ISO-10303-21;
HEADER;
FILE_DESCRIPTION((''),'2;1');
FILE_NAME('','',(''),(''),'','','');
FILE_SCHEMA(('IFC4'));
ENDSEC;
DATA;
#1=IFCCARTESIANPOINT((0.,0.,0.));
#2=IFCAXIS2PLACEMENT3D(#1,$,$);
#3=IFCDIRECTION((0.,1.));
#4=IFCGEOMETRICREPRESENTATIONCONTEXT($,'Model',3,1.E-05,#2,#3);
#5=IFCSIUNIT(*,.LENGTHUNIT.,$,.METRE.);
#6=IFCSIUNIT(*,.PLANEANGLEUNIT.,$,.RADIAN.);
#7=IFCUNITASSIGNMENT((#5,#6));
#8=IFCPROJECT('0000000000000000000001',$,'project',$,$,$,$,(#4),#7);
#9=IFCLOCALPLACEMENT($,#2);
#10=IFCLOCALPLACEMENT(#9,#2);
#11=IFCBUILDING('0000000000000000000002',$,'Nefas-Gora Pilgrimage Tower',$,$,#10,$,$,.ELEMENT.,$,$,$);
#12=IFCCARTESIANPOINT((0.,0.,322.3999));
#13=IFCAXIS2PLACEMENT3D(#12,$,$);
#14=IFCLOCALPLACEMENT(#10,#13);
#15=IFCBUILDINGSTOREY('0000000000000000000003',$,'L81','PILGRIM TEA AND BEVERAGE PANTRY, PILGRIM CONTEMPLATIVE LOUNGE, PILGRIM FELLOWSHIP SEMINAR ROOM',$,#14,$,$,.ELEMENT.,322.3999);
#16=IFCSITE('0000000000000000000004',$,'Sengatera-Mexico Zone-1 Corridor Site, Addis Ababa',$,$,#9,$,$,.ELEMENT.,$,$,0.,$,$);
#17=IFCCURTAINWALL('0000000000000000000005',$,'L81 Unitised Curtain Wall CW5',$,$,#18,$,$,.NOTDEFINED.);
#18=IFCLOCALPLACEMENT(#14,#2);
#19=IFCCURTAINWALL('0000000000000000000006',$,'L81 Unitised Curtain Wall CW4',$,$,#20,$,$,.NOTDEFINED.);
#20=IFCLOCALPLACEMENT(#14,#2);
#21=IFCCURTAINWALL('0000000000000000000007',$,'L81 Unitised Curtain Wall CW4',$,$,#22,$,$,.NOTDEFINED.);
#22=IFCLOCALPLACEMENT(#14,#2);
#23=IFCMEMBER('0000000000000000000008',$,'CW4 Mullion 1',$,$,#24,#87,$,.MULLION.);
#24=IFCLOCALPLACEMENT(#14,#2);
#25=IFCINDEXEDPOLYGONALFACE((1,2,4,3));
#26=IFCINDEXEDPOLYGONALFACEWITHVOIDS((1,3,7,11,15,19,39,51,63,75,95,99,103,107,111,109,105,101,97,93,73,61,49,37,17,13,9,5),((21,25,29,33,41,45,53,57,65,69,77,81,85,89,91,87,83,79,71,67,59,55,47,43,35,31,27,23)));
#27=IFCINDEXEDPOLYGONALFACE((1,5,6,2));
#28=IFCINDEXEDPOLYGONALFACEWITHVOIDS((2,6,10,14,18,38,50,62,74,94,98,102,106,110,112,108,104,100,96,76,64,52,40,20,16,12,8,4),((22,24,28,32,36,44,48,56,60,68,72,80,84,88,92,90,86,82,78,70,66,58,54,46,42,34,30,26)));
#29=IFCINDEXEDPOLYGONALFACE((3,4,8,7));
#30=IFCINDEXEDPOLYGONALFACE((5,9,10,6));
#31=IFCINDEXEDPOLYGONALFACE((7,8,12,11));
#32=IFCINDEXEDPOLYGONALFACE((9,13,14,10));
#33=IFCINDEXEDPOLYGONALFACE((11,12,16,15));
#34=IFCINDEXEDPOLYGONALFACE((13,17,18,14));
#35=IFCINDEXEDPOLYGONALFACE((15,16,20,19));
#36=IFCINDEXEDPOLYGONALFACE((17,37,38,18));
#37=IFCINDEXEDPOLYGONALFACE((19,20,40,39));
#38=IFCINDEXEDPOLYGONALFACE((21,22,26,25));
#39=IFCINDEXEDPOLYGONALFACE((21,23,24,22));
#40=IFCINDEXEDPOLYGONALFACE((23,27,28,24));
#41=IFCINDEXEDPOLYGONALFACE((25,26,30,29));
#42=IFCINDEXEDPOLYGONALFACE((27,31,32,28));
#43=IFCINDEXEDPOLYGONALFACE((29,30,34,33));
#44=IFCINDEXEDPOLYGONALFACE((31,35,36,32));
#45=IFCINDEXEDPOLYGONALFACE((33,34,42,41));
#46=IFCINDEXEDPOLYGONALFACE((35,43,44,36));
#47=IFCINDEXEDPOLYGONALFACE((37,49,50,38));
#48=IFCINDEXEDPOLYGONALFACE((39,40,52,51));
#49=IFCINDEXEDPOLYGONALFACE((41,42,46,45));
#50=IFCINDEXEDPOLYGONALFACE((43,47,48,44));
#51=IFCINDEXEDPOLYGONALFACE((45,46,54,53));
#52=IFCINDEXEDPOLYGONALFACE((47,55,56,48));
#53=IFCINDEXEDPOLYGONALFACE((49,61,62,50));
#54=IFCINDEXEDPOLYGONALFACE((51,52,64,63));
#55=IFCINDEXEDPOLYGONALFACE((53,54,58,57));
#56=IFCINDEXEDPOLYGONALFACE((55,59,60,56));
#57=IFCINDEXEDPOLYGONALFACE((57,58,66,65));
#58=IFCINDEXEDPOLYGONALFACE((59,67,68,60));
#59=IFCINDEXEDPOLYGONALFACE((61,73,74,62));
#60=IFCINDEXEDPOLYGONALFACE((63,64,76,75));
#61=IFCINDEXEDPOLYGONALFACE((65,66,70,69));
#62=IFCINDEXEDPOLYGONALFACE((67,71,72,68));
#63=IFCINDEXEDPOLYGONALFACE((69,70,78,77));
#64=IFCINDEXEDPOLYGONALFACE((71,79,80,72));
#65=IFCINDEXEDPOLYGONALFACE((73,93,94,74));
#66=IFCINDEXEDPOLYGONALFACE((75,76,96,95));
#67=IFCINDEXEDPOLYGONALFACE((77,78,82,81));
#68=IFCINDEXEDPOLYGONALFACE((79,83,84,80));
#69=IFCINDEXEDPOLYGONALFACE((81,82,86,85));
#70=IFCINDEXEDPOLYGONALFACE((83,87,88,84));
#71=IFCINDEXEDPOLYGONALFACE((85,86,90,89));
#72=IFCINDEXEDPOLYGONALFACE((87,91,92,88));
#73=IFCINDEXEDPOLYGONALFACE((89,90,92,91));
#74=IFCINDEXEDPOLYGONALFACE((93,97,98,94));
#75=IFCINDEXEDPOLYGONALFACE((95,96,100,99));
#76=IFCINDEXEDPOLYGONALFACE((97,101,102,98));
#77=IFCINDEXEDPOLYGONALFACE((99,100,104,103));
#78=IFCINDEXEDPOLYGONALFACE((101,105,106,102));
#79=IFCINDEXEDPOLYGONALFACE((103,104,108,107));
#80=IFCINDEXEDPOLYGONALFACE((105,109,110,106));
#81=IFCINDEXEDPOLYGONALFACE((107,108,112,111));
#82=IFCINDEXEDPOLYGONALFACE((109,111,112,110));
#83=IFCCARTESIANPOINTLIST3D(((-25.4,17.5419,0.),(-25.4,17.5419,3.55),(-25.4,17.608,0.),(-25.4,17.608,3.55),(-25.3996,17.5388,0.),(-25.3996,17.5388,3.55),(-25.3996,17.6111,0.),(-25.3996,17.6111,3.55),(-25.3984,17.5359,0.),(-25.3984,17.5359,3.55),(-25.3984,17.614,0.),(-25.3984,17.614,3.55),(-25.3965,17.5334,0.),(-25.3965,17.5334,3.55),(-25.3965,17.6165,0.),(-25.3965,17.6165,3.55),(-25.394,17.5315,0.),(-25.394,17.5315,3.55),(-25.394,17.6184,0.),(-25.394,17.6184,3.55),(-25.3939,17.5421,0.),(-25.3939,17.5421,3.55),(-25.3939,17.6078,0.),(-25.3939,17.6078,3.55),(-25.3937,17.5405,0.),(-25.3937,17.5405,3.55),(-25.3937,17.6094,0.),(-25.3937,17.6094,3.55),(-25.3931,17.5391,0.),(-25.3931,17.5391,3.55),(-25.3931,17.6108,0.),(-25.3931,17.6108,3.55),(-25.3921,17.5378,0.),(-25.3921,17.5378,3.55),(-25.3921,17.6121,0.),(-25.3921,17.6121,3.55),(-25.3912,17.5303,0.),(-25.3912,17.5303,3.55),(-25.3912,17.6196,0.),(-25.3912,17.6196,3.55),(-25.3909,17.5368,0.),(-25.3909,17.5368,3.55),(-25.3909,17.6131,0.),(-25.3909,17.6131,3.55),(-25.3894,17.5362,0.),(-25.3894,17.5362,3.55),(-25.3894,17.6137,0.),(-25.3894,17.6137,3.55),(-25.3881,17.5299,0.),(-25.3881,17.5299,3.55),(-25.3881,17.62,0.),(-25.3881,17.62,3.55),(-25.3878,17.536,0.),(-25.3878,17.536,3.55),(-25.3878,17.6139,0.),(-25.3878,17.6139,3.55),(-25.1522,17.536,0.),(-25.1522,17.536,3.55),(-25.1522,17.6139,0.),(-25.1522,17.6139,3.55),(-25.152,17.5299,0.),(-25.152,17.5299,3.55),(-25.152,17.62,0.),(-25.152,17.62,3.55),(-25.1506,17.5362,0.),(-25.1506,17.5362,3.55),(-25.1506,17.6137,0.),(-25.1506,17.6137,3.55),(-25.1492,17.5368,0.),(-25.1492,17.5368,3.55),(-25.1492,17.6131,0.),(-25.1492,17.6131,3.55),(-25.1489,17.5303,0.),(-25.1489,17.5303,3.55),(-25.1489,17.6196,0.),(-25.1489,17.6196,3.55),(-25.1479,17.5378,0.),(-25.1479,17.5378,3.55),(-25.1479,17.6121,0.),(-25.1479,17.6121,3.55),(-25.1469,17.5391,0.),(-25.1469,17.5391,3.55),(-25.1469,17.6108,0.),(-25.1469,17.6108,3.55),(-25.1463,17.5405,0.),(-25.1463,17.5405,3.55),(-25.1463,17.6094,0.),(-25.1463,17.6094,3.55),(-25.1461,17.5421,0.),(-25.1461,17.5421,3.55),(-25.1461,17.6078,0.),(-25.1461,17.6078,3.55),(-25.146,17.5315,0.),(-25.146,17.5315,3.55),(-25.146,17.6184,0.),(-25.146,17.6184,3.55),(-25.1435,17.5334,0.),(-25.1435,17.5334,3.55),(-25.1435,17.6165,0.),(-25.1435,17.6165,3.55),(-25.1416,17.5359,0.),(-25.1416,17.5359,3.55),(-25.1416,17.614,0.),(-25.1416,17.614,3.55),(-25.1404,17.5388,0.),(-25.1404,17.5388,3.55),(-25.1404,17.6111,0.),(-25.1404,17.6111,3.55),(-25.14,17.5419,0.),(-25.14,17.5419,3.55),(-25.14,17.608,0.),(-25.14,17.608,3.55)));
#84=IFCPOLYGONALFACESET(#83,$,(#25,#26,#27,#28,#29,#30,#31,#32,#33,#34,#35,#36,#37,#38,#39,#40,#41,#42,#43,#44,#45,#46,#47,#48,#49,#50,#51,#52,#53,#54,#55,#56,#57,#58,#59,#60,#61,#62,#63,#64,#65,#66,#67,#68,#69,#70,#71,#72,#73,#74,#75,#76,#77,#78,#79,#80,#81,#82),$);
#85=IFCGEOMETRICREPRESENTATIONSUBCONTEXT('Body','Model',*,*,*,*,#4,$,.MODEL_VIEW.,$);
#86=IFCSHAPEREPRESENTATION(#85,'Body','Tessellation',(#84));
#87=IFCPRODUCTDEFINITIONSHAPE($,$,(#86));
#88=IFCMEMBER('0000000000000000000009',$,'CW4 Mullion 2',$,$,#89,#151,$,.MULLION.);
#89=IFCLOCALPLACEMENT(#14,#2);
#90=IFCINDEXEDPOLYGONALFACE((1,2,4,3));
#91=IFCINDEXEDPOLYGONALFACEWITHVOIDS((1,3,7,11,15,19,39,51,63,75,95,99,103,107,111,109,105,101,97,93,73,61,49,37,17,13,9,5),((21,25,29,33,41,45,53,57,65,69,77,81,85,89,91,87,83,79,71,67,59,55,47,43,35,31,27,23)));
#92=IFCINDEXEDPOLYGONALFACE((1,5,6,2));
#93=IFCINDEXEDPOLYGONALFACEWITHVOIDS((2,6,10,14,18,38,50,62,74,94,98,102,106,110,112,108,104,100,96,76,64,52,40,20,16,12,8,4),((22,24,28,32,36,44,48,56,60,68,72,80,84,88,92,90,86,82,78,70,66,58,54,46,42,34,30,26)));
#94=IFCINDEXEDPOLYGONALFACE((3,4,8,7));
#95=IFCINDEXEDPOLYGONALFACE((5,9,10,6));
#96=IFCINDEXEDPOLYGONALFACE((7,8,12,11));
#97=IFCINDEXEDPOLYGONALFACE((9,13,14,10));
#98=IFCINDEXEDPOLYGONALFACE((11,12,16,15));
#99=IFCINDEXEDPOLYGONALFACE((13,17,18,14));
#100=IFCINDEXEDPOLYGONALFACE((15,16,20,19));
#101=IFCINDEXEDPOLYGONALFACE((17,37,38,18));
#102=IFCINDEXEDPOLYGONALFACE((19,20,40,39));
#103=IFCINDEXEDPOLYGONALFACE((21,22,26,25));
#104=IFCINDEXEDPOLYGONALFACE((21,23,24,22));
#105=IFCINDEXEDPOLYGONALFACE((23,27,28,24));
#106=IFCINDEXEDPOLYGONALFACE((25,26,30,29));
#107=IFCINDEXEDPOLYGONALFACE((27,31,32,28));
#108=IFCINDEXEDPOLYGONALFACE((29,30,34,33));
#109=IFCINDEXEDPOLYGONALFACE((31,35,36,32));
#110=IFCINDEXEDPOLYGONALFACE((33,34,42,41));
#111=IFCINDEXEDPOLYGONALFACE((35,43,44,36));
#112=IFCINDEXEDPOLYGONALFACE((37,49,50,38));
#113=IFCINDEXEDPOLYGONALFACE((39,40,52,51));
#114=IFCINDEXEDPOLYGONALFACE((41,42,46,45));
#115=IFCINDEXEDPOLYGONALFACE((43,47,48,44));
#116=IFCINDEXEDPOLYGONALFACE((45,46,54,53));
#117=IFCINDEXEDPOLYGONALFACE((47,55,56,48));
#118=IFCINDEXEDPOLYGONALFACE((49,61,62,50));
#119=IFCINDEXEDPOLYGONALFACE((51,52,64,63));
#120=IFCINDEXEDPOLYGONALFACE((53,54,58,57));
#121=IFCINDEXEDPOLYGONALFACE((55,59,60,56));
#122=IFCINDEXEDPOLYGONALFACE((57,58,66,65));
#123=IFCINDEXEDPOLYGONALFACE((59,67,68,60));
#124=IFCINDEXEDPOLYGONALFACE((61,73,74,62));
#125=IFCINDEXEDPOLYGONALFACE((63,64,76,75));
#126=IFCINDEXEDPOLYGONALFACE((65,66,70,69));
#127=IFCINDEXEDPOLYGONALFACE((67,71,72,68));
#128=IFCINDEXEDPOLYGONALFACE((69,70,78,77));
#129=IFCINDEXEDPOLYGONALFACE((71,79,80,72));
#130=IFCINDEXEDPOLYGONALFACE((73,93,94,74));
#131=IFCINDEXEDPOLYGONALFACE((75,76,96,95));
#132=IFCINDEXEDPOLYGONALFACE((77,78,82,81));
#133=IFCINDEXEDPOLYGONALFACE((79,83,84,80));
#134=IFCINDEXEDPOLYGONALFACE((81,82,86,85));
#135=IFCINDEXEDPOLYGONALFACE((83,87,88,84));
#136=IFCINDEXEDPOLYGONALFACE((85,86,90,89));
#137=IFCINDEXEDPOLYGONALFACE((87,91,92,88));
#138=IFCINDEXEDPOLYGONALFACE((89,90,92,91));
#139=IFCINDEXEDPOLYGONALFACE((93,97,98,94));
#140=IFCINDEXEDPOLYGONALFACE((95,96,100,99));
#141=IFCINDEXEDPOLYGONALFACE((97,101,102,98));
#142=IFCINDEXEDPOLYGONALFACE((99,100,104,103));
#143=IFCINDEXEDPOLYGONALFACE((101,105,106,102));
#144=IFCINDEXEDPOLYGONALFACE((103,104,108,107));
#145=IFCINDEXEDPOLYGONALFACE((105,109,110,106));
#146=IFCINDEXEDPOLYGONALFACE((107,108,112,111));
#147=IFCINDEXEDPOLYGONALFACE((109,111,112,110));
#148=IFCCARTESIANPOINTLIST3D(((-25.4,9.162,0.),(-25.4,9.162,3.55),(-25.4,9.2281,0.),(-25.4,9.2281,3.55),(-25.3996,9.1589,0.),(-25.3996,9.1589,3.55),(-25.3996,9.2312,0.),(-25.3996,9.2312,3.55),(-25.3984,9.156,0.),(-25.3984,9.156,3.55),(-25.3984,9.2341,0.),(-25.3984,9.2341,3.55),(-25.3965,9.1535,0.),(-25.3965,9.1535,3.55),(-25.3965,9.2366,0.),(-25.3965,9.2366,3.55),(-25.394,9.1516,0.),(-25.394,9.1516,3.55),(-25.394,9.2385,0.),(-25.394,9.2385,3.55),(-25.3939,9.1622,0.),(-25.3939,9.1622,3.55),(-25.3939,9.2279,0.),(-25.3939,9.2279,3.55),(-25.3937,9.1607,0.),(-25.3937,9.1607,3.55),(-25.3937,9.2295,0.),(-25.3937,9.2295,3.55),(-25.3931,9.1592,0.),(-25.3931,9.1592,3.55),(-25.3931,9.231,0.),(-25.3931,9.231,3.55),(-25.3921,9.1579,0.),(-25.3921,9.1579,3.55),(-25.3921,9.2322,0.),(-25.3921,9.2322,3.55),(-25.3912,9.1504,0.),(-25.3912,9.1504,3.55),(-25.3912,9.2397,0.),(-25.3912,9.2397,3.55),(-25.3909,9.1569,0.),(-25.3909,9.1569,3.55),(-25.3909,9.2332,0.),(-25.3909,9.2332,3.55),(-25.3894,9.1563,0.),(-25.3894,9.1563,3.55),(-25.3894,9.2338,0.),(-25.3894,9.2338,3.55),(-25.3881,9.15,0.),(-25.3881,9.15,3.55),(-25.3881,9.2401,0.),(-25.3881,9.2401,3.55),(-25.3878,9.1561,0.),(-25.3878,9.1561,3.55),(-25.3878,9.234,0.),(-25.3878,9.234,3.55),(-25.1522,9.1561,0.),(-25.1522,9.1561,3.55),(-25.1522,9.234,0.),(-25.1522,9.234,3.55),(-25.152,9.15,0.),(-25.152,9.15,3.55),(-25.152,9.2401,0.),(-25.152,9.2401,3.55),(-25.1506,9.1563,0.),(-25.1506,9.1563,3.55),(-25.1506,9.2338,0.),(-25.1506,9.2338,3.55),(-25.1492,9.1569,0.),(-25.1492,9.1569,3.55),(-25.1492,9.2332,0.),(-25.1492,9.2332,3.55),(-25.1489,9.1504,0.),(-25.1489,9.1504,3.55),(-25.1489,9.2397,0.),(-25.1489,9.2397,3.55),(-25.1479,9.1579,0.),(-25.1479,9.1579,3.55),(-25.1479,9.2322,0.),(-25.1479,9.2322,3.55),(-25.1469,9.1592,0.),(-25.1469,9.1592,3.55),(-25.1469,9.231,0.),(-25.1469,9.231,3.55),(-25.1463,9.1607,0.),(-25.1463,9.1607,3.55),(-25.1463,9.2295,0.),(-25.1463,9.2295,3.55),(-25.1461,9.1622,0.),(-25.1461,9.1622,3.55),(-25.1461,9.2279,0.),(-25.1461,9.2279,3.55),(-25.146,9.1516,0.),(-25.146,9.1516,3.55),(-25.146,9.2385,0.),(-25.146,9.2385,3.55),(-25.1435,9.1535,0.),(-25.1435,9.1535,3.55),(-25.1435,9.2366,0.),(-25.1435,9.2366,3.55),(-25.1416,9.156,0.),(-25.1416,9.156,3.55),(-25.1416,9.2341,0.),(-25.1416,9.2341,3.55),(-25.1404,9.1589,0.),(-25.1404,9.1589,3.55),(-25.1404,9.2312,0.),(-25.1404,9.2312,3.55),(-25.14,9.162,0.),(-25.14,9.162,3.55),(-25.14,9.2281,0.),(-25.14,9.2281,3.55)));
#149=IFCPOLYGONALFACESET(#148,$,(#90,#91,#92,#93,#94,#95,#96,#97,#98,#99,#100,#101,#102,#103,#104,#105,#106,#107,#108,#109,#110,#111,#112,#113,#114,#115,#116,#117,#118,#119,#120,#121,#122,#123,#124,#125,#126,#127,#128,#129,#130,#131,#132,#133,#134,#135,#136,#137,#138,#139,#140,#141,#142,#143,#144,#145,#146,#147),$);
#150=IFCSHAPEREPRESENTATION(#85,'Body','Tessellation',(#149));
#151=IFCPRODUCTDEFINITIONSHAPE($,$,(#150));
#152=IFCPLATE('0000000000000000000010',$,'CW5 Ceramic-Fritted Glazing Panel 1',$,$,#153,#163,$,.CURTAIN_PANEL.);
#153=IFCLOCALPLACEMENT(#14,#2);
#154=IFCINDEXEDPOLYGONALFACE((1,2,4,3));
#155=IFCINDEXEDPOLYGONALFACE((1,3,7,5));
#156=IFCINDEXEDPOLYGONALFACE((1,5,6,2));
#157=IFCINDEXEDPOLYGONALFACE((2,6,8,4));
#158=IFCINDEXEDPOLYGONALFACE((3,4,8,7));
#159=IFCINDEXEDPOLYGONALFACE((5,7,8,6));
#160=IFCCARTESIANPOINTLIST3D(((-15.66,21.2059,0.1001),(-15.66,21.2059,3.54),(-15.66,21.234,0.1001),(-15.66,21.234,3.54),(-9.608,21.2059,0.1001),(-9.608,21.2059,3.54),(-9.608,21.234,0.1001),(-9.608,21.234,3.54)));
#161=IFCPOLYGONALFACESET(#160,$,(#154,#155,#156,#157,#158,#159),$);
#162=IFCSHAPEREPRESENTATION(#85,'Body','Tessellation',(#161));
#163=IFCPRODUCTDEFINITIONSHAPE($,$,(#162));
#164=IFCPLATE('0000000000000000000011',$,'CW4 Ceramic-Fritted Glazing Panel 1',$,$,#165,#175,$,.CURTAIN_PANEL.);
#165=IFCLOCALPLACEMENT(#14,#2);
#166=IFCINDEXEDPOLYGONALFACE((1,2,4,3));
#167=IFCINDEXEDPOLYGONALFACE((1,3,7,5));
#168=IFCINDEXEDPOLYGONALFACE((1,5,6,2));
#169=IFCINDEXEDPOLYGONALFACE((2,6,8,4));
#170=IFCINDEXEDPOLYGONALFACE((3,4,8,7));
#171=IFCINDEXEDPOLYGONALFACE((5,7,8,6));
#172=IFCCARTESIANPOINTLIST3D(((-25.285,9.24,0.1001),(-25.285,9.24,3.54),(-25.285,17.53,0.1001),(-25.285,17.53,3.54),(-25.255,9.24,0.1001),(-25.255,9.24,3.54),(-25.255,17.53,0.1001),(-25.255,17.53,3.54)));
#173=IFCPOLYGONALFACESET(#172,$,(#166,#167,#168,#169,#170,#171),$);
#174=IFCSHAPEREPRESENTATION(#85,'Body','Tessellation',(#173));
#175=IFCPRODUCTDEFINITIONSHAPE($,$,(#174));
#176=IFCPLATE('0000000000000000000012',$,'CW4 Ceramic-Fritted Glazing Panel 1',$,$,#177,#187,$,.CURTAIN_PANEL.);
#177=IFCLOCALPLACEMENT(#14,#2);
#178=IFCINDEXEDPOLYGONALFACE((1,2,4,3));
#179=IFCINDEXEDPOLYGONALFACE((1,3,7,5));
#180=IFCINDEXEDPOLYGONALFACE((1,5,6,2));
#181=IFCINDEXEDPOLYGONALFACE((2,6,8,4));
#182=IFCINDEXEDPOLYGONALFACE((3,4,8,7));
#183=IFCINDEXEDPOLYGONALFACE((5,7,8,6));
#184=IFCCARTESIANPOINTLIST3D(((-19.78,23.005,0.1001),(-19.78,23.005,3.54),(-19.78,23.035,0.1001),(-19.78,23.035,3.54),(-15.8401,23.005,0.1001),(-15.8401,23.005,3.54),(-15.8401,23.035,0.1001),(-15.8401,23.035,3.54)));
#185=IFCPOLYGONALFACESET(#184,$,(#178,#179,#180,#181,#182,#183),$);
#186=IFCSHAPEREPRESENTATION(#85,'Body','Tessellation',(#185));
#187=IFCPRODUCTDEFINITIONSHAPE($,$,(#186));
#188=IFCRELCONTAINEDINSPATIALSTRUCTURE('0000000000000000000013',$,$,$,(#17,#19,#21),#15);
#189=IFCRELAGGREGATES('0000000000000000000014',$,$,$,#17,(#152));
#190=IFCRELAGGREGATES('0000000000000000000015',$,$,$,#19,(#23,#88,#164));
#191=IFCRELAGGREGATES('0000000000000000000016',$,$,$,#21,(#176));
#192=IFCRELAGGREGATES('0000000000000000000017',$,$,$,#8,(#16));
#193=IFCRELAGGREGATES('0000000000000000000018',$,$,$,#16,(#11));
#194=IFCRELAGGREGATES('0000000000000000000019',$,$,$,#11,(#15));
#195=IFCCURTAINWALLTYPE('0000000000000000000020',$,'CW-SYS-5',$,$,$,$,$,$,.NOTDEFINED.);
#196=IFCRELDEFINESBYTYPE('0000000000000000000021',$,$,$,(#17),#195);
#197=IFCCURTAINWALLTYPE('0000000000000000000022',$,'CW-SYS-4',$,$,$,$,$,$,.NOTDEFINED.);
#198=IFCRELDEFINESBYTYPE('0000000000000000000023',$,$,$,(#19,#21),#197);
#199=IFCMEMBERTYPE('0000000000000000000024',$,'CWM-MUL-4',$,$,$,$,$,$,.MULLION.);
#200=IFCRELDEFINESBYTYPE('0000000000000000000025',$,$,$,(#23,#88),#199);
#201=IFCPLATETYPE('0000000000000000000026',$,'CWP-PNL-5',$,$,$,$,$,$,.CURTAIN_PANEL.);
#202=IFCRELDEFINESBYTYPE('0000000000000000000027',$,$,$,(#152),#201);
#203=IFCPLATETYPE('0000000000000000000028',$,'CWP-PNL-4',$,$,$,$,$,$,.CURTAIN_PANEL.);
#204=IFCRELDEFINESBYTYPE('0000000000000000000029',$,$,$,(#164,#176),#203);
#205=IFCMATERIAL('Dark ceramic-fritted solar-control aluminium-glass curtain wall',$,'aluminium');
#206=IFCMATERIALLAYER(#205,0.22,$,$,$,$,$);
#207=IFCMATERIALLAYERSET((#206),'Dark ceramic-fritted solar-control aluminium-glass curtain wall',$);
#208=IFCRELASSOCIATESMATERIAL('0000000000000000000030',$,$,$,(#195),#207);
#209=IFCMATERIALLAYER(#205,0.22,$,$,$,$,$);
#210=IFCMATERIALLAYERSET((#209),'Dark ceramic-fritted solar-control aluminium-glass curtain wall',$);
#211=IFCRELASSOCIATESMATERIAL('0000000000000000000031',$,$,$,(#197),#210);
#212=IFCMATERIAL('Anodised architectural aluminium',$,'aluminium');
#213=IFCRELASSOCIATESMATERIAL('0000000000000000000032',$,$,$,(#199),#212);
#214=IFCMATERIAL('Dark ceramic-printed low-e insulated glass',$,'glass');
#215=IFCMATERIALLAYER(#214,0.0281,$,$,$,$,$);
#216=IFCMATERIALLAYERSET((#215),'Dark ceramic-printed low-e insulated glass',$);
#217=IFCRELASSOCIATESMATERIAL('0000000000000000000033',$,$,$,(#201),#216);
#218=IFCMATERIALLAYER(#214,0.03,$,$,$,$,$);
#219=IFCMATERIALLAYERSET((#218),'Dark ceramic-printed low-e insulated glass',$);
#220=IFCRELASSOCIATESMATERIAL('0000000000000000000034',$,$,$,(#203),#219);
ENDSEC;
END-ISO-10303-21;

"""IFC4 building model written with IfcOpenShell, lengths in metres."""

from ifc_helpers import new_model, si_unit, direction, frame, origin, origin_2d, place, context, subcontext, project, spatial, rectangle, hollow_rectangle, extrude, source, transform, mapped, material, layer, layer_set, material_profile, profile_set, type_object, element, aggregate, save


model = new_model("IFC4")

# Units and contexts
model_context = context("Model", 3, precision=1e-05, world=origin(), true_north=direction((0.0, 1.0)))
body_context = subcontext(model_context, "Body", "Model", "MODEL_VIEW")
ifc_project = project(units=[si_unit("LENGTHUNIT", "METRE"), si_unit("PLANEANGLEUNIT", "RADIAN")], contexts=[model_context])

# Site, building, storey
site_placement = place(None, origin())
site = spatial("IfcSite", under=ifc_project, at=site_placement, Name="Sengatera-Mexico Zone-1 Corridor Site, Addis Ababa", CompositionType="ELEMENT", RefElevation=0.0)
building_placement = place(site_placement, origin())
building = spatial("IfcBuilding", under=site, at=building_placement, Name="Nefas-Gora Pilgrimage Tower", CompositionType="ELEMENT")
storey_placement = place(building_placement, frame((0.0, 0.0, 322.3999)))
storey = spatial("IfcBuildingStorey", under=building, at=storey_placement, Name="L81", Description="PILGRIM TEA AND BEVERAGE PANTRY, PILGRIM CONTEMPLATIVE LOUNGE, PILGRIM FELLOWSHIP SEMINAR ROOM", CompositionType="ELEMENT", Elevation=322.3999)

# Curtain walls
ifc_material_1 = material(Name="Dark ceramic-fritted solar-control aluminium-glass curtain wall", Category="aluminium")
ifc_layer_1 = layer(ifc_material_1, 0.22)
ifc_layer_set_1 = layer_set([ifc_layer_1], Name="Dark ceramic-fritted solar-control aluminium-glass curtain wall")
curtain_wall_type_1 = type_object("IfcCurtainWallType", Name="CW-SYS-5", PredefinedType="NOTDEFINED", material=ifc_layer_set_1)
curtain_wall_1_placement = place(storey_placement, origin())
curtain_wall_1 = element("IfcCurtainWall", 1, at=curtain_wall_1_placement, inside=storey, type_object=curtain_wall_type_1, Name="L81 Unitised Curtain Wall CW5", PredefinedType="NOTDEFINED")
ifc_material_2 = material(Name="Anodised architectural aluminium", Category="aluminium")
ifc_layer_2 = layer(ifc_material_1, 0.22)
ifc_layer_set_2 = layer_set([ifc_layer_2], Name="Dark ceramic-fritted solar-control aluminium-glass curtain wall")
curtain_wall_type_2 = type_object("IfcCurtainWallType", Name="CW-SYS-4", PredefinedType="NOTDEFINED", material=ifc_layer_set_2)
curtain_wall_2_placement = place(storey_placement, origin())
curtain_wall_2 = element("IfcCurtainWall", 2, at=curtain_wall_2_placement, inside=storey, type_object=curtain_wall_type_2, Name="L81 Unitised Curtain Wall CW4", PredefinedType="NOTDEFINED")

# Curtain wall
curtain_wall_3_placement = place(storey_placement, origin())
curtain_wall_3 = element("IfcCurtainWall", 3, at=curtain_wall_3_placement, inside=storey, type_object=curtain_wall_type_2, Name="L81 Unitised Curtain Wall CW4", PredefinedType="NOTDEFINED")
ifc_material_profile_1 = material_profile(ifc_material_2, hollow_rectangle(XDim=0.0901, YDim=0.26, WallThickness=0.0061, InnerFilletRadius=0.0061, OuterFilletRadius=0.012, at=origin_2d()), Name="ALU MULLION 90x260")
ifc_profile_set_1 = profile_set([ifc_material_profile_1], Name="Anodised architectural aluminium")
member_type_1 = type_object("IfcMemberType", Name="CWM-MUL-4", PredefinedType="MULLION", material=ifc_profile_set_1)
shared_shape_1 = source(origin(), body_context, "Body", "SweptSolid", [
    extrude(hollow_rectangle(XDim=0.0901, YDim=0.26, WallThickness=0.0061, InnerFilletRadius=0.0061, OuterFilletRadius=0.012, at=origin_2d()), origin(), (0.0, 0.0, 1.0), 3.55),
])

# Members
member_1_placement = place(storey_placement, frame((-25.27, 17.575, 0.0), z_axis=(0.0, 0.0, 1.0), x_axis=(0.0, -1.0, 0.0)))
member_1 = element("IfcMember", 4, at=member_1_placement, type_object=member_type_1, Name="CW4 Mullion 1", PredefinedType="MULLION", context=body_context, shape_type="MappedRepresentation", body=[
    mapped(shared_shape_1, transform((0.0, 0.0, 0.0), x_axis=(1.0, 0.0, 0.0), y_axis=(0.0, 1.0, 0.0), z_axis=(0.0, 0.0, 1.0), scale=1.0)),
])
member_2_placement = place(storey_placement, frame((-25.27, 9.1951, 0.0), z_axis=(0.0, 0.0, 1.0), x_axis=(0.0, -1.0, 0.0)))
member_2 = element("IfcMember", 5, at=member_2_placement, type_object=member_type_1, Name="CW4 Mullion 2", PredefinedType="MULLION", context=body_context, shape_type="MappedRepresentation", body=[
    mapped(shared_shape_1, transform((0.0, 0.0, 0.0), x_axis=(1.0, 0.0, 0.0), y_axis=(0.0, 1.0, 0.0), z_axis=(0.0, 0.0, 1.0), scale=1.0)),
])

# Plates
ifc_material_3 = material(Name="Dark ceramic-printed low-e insulated glass", Category="glass")
ifc_layer_3 = layer(ifc_material_3, 0.0281)
ifc_layer_set_3 = layer_set([ifc_layer_3], Name="Dark ceramic-printed low-e insulated glass")
plate_type_1 = type_object("IfcPlateType", Name="CWP-PNL-5", PredefinedType="CURTAIN_PANEL", material=ifc_layer_set_3)
shared_shape_2 = source(origin(), body_context, "Body", "SweptSolid", [
    extrude(rectangle(XDim=6.052, YDim=0.0281, at=origin_2d()), origin(), (0.0, 0.0, 1.0), 3.4399),
])
plate_1_placement = place(storey_placement, frame((-12.634, 21.22, 0.1001), z_axis=(0.0, 0.0, 1.0), x_axis=(-1.0, 0.0, 0.0)))
plate_1 = element("IfcPlate", 6, at=plate_1_placement, type_object=plate_type_1, Name="CW5 Ceramic-Fritted Glazing Panel 1", PredefinedType="CURTAIN_PANEL", context=body_context, shape_type="MappedRepresentation", body=[
    mapped(shared_shape_2, transform((0.0, 0.0, 0.0), x_axis=(1.0, 0.0, 0.0), y_axis=(0.0, 1.0, 0.0), z_axis=(0.0, 0.0, 1.0), scale=1.0)),
])
aggregate(curtain_wall_1, [plate_1])
ifc_layer_4 = layer(ifc_material_3, 0.03)
ifc_layer_set_4 = layer_set([ifc_layer_4], Name="Dark ceramic-printed low-e insulated glass")
plate_type_2 = type_object("IfcPlateType", Name="CWP-PNL-4", PredefinedType="CURTAIN_PANEL", material=ifc_layer_set_4)
shared_shape_3 = source(origin(), body_context, "Body", "SweptSolid", [
    extrude(rectangle(XDim=8.29, YDim=0.03, at=origin_2d()), origin(), (0.0, 0.0, 1.0), 3.4399),
])
plate_2_placement = place(storey_placement, frame((-25.27, 13.385, 0.1001), z_axis=(0.0, 0.0, 1.0), x_axis=(0.0, -1.0, 0.0)))
plate_2 = element("IfcPlate", 7, at=plate_2_placement, type_object=plate_type_2, Name="CW4 Ceramic-Fritted Glazing Panel 1", PredefinedType="CURTAIN_PANEL", context=body_context, shape_type="MappedRepresentation", body=[
    mapped(shared_shape_3, transform((0.0, 0.0, 0.0), x_axis=(1.0, 0.0, 0.0), y_axis=(0.0, 1.0, 0.0), z_axis=(0.0, 0.0, 1.0), scale=1.0)),
])
aggregate(curtain_wall_2, [member_1, member_2, plate_2])
shared_shape_4 = source(origin(), body_context, "Body", "SweptSolid", [
    extrude(rectangle(XDim=3.9399, YDim=0.03, at=origin_2d()), origin(), (0.0, 0.0, 1.0), 3.4399),
])
plate_3_placement = place(storey_placement, frame((-17.8101, 23.02, 0.1001), z_axis=(0.0, 0.0, 1.0), x_axis=(-1.0, 0.0, 0.0)))
plate_3 = element("IfcPlate", 8, at=plate_3_placement, type_object=plate_type_2, Name="CW4 Ceramic-Fritted Glazing Panel 1", PredefinedType="CURTAIN_PANEL", context=body_context, shape_type="MappedRepresentation", body=[
    mapped(shared_shape_4, transform((0.0, 0.0, 0.0), x_axis=(1.0, 0.0, 0.0), y_axis=(0.0, 1.0, 0.0), z_axis=(0.0, 0.0, 1.0), scale=1.0)),
])
aggregate(curtain_wall_3, [plate_3])

save(model, "model.ifc")
